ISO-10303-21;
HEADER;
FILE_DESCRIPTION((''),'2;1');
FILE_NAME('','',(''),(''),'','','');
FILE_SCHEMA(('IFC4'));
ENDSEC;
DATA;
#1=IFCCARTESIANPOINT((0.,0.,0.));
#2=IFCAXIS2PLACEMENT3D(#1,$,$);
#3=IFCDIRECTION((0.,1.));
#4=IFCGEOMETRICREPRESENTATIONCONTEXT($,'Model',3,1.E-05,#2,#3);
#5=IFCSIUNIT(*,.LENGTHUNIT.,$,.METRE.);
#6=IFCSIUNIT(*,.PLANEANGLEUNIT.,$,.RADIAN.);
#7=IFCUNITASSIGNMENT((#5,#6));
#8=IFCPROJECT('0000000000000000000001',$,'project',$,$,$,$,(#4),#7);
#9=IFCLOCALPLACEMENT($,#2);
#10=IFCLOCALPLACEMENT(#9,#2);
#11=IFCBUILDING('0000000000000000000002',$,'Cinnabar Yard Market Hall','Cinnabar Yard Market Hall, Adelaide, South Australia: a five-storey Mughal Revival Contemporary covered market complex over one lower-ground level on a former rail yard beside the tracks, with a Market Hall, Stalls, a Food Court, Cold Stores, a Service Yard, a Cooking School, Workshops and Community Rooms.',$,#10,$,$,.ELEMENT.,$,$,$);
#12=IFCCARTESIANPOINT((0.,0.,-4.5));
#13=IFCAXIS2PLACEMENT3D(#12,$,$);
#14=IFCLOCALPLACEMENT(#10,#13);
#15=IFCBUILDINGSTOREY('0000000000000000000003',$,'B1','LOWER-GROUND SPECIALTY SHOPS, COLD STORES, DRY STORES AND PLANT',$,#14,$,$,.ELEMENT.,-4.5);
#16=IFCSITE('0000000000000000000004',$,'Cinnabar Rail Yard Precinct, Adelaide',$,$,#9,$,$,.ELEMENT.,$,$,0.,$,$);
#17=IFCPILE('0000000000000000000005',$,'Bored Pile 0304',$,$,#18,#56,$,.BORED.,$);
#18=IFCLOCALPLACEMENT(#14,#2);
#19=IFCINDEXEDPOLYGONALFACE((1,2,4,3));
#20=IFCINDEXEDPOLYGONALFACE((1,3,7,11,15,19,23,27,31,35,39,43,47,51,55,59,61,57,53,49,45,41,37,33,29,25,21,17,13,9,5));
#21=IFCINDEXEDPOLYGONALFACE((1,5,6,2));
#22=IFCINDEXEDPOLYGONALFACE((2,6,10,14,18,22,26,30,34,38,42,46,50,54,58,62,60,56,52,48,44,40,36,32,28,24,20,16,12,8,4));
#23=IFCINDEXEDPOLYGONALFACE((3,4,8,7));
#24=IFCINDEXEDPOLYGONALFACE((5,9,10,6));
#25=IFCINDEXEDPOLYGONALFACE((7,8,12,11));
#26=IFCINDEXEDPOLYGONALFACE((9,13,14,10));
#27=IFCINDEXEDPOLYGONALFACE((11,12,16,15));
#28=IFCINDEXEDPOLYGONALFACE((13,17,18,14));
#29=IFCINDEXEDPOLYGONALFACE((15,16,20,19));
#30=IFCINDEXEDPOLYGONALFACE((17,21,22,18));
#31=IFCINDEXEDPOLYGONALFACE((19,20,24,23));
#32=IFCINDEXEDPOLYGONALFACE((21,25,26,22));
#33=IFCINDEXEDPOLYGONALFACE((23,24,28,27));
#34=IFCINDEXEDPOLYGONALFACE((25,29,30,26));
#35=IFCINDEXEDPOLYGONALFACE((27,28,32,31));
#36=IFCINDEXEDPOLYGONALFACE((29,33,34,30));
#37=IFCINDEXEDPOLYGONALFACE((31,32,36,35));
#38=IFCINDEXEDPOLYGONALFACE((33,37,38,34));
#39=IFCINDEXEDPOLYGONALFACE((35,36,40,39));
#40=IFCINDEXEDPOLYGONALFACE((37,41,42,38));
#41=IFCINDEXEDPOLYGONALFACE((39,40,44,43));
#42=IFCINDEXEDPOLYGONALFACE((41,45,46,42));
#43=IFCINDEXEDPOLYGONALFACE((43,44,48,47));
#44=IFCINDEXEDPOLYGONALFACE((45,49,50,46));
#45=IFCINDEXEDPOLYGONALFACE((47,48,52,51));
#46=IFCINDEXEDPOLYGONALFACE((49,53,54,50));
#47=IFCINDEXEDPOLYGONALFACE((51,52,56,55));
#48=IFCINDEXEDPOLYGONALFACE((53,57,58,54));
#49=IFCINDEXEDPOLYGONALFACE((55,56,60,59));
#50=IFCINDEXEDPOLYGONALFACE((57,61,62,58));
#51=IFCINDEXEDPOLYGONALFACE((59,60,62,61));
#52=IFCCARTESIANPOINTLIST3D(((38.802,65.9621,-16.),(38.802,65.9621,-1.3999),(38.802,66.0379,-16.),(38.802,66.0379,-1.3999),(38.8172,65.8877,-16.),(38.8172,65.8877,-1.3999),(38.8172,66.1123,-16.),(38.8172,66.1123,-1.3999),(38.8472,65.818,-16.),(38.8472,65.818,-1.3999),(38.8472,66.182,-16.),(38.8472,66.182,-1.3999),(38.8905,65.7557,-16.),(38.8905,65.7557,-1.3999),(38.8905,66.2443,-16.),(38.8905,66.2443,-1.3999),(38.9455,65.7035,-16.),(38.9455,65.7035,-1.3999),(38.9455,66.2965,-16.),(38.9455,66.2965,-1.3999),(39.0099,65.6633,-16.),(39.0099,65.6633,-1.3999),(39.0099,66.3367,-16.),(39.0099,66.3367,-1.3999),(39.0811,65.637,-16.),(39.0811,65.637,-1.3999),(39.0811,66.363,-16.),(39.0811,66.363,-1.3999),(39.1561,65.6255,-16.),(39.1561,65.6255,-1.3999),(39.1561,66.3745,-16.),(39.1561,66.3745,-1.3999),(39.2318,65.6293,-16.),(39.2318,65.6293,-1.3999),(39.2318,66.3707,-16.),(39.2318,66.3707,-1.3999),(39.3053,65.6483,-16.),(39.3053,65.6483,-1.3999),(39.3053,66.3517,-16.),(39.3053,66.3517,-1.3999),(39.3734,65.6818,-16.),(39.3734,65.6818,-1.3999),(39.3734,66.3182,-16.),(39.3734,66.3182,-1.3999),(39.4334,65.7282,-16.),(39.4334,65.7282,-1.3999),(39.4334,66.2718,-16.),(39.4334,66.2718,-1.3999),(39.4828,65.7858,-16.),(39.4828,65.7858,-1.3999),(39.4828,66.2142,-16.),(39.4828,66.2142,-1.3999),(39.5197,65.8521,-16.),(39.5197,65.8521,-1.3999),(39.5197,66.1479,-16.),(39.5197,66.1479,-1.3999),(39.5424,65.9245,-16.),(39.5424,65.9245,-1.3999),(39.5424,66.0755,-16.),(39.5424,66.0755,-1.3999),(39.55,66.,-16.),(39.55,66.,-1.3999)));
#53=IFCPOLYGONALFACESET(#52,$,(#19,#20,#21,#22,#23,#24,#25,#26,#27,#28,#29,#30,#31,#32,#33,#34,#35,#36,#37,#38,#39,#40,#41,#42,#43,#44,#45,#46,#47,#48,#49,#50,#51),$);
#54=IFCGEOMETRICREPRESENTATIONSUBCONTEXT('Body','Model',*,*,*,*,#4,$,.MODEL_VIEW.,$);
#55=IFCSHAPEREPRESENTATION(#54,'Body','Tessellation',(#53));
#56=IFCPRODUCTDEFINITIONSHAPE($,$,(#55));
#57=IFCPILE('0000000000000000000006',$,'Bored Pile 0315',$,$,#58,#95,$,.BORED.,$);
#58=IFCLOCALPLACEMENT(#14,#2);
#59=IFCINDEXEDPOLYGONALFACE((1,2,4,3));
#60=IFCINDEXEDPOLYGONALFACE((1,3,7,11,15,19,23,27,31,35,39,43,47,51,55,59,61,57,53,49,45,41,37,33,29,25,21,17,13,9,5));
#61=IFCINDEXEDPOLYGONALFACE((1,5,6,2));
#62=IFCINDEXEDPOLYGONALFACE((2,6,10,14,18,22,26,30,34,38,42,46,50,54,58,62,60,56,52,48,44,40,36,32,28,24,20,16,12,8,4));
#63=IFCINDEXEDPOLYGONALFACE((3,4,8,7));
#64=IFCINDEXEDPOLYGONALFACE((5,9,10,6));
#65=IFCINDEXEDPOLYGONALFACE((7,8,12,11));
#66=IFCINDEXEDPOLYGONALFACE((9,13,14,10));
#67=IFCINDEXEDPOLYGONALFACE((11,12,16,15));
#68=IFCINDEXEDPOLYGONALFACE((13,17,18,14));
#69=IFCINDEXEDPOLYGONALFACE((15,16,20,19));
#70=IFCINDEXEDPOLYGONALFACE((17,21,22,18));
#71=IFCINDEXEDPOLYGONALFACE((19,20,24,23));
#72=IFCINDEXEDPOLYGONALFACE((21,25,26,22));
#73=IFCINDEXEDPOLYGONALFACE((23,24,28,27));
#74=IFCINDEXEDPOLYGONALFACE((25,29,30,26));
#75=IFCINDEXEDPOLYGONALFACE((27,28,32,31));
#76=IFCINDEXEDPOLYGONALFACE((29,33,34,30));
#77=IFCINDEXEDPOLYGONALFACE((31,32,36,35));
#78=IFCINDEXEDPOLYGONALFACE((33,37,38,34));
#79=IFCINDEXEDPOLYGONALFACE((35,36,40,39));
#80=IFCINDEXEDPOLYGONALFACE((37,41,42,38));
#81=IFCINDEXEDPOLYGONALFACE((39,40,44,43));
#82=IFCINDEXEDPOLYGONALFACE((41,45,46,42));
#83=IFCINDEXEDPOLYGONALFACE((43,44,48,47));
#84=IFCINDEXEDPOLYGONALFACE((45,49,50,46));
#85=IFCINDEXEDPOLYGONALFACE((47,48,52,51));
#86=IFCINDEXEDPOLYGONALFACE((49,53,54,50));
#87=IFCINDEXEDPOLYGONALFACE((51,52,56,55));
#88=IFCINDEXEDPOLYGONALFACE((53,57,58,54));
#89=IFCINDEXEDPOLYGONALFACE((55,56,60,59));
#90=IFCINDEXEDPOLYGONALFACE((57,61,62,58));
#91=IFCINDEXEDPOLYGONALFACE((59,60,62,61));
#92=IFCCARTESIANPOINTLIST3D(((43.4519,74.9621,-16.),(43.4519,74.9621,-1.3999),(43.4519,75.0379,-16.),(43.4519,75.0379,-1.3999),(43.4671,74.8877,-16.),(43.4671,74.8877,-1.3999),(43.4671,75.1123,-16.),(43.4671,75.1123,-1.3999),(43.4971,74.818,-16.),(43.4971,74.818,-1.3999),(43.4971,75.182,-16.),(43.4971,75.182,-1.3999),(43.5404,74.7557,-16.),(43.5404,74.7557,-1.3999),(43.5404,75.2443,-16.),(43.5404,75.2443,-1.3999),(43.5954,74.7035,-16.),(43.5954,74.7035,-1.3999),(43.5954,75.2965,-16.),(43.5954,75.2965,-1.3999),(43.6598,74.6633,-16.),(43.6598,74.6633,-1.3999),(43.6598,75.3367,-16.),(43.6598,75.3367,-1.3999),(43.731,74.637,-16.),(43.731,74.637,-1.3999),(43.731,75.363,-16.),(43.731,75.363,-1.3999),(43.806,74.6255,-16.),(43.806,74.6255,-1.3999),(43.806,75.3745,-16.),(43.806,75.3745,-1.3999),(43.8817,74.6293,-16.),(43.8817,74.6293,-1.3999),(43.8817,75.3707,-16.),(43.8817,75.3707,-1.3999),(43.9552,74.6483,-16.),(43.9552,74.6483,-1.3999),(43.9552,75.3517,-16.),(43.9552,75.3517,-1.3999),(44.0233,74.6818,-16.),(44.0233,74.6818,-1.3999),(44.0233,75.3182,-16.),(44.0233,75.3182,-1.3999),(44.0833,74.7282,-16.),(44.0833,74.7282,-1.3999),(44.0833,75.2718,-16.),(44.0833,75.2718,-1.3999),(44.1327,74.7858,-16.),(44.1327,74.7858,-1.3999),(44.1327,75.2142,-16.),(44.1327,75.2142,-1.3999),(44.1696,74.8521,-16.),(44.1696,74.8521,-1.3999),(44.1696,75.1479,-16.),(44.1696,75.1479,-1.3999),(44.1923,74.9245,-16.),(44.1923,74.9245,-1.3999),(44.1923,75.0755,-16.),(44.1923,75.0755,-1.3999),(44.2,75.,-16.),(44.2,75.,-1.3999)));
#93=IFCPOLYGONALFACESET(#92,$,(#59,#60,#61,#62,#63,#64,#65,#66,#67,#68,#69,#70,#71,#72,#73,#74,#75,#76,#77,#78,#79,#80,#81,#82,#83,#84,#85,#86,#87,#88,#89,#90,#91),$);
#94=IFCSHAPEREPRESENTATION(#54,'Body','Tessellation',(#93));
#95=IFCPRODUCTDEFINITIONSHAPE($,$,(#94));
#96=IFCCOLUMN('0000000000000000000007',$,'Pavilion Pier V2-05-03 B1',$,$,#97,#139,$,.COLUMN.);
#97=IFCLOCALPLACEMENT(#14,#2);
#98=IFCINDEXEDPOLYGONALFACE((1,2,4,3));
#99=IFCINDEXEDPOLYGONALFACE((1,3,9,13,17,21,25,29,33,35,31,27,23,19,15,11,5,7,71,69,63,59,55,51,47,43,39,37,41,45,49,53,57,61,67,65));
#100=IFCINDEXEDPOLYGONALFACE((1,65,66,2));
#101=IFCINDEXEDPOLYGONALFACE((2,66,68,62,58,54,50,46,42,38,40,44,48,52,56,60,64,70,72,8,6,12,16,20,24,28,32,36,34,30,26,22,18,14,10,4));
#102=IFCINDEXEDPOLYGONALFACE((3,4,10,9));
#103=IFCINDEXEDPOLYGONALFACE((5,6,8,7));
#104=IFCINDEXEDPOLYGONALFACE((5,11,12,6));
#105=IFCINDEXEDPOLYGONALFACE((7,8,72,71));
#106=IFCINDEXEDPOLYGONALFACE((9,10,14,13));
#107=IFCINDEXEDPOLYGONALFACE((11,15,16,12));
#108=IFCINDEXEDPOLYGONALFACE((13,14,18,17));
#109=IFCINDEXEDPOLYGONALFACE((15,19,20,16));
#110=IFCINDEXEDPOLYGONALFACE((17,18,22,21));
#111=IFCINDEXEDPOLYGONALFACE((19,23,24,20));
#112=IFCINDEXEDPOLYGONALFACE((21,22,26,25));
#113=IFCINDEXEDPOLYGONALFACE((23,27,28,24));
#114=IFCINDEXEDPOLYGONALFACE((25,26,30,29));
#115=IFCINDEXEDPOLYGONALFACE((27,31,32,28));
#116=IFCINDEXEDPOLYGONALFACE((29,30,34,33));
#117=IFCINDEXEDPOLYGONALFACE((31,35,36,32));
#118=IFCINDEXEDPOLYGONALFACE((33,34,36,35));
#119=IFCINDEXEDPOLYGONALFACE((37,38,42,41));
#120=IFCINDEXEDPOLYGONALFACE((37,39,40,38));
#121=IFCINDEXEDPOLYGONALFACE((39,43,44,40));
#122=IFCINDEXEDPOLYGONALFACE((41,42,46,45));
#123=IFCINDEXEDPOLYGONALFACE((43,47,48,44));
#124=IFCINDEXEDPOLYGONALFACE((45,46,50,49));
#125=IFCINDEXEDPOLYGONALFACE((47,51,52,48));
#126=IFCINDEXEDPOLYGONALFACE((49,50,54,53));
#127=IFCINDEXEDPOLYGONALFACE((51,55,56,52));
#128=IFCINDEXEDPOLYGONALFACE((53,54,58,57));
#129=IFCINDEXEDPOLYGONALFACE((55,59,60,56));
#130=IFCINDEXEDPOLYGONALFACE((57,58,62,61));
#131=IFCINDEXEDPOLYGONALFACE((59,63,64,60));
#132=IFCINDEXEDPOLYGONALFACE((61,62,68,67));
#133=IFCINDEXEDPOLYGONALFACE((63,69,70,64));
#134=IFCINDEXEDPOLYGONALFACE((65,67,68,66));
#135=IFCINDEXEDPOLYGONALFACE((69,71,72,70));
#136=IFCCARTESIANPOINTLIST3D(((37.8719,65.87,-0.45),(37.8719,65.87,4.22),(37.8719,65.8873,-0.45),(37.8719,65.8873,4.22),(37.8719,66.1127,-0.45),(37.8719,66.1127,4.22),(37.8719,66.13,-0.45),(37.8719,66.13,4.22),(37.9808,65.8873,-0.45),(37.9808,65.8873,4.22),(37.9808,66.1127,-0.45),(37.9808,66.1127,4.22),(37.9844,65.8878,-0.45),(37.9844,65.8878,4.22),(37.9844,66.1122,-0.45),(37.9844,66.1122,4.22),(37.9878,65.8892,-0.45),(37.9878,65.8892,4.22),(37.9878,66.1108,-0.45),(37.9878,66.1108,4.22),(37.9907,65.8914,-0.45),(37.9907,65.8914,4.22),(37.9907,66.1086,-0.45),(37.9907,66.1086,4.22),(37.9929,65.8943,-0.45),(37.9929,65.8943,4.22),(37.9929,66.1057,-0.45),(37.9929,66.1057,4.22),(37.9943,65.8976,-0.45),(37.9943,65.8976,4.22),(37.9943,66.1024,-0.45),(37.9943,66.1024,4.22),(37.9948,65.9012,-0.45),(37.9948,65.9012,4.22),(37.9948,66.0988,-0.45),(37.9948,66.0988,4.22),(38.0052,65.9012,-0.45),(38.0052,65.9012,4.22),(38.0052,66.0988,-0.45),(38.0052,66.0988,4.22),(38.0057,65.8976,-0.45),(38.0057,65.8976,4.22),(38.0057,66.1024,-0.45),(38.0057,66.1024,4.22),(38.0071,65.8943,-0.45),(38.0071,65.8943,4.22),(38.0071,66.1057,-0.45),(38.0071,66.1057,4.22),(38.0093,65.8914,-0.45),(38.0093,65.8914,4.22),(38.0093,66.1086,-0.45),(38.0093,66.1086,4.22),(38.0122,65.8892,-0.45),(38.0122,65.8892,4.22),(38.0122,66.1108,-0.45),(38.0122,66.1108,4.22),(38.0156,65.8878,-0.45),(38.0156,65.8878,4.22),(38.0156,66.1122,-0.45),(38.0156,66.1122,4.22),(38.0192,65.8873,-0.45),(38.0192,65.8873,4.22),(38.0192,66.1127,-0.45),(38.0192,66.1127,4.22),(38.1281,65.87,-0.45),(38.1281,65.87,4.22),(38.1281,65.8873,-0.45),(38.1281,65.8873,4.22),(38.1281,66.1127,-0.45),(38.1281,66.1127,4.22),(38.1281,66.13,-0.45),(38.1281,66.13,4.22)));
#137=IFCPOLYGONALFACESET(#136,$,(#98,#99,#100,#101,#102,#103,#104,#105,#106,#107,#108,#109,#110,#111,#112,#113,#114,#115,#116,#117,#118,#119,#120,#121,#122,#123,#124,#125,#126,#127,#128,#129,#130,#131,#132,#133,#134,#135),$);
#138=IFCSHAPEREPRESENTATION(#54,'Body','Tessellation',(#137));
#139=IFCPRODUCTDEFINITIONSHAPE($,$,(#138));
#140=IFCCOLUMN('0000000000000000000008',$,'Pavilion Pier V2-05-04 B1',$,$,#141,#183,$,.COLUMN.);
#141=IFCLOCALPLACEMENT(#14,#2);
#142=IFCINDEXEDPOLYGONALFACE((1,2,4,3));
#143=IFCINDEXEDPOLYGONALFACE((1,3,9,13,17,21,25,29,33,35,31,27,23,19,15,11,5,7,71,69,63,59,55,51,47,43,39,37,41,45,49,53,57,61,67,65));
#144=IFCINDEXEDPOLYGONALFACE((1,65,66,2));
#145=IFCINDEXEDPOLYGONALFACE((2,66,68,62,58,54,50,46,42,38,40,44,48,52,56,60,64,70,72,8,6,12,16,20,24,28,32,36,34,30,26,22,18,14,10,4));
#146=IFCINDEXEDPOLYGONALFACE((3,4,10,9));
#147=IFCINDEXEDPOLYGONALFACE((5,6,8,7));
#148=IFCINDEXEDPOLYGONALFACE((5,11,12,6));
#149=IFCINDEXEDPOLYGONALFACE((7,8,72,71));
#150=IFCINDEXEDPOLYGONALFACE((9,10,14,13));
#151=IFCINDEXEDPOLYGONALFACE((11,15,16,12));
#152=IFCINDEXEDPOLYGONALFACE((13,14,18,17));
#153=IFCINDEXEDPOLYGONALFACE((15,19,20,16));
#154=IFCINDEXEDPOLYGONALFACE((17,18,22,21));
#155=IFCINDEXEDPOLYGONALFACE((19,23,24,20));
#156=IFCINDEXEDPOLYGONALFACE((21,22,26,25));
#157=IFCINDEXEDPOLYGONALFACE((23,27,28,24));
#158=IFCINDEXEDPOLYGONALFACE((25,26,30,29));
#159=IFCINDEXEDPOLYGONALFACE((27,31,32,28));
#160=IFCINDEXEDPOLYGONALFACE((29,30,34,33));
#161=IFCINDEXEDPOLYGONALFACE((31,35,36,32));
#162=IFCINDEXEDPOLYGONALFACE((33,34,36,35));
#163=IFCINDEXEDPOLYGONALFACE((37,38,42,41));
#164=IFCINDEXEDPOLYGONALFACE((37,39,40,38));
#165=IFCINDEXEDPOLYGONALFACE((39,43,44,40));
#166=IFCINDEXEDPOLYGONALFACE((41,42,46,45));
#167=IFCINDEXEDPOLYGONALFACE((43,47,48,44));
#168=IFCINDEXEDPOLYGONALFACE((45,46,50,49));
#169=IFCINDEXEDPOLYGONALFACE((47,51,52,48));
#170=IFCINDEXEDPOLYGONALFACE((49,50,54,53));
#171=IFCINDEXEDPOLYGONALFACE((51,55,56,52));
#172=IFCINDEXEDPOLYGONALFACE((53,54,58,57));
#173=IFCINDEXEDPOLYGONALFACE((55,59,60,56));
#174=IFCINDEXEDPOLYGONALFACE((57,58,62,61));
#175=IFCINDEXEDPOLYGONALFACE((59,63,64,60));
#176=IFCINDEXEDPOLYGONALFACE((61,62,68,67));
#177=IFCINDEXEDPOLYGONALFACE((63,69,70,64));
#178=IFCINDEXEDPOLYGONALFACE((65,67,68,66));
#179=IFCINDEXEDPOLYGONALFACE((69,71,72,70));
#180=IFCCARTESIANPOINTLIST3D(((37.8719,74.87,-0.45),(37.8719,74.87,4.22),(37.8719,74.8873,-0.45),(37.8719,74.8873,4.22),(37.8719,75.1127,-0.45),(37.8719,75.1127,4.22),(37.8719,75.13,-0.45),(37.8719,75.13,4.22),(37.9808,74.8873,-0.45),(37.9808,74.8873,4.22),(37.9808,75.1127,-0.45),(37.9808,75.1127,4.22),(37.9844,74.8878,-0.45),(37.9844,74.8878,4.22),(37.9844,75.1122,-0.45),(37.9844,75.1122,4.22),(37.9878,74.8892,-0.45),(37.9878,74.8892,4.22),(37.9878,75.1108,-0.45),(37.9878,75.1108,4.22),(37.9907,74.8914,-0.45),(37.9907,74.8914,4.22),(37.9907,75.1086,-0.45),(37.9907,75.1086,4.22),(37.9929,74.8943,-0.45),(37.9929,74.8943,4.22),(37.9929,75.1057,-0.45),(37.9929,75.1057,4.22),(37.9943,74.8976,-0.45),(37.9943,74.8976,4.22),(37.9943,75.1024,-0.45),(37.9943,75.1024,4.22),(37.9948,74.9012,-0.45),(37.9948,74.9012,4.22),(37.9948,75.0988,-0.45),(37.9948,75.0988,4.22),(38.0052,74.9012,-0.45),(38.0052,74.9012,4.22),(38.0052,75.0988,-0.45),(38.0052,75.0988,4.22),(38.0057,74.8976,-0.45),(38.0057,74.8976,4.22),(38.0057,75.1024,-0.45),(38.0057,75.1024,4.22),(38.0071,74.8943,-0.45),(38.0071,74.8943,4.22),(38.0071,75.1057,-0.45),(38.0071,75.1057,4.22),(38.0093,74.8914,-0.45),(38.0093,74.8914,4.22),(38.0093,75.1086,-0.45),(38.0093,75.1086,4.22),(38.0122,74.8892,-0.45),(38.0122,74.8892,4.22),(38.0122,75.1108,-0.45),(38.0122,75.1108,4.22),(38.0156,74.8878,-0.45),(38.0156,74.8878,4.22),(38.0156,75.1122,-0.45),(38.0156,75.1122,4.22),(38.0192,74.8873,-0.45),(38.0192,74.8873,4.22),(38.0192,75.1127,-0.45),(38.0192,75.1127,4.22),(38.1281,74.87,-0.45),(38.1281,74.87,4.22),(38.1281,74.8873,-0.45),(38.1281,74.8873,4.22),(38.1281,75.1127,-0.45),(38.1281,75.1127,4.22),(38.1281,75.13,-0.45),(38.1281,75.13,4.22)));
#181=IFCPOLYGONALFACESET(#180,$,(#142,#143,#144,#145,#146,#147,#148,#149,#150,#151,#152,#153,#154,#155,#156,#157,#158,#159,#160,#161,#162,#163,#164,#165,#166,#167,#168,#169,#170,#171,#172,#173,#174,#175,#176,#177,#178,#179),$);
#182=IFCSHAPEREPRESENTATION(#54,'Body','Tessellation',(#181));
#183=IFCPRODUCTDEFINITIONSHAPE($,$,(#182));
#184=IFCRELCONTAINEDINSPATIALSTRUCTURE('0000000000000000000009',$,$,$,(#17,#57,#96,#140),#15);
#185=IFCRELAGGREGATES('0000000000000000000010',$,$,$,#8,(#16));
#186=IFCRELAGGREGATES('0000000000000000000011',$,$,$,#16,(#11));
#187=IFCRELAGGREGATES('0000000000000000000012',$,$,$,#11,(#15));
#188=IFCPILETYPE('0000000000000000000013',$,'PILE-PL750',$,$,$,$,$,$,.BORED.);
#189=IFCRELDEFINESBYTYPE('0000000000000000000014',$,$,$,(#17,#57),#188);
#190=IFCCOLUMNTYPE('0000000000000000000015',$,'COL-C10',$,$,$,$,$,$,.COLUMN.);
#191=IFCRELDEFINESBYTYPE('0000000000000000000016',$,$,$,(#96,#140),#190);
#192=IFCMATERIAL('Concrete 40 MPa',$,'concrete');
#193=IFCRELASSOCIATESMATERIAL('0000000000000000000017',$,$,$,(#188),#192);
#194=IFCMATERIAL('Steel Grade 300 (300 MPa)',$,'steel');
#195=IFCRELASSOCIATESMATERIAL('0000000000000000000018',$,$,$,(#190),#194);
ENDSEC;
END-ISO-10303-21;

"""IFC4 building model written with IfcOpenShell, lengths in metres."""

from ifc_helpers import new_model, si_unit, direction, frame, origin, origin_2d_with_axis, place, context, subcontext, project, spatial, circle, i_section, extrude, material, material_profile, profile_set, type_object, element, save


model = new_model("IFC4")

# Units and contexts
model_context = context("Model", 3, precision=1e-05, world=origin(), true_north=direction((0.0, 1.0)))
body_context = subcontext(model_context, "Body", "Model", "MODEL_VIEW")
ifc_project = project(units=[si_unit("LENGTHUNIT", "METRE"), si_unit("PLANEANGLEUNIT", "RADIAN")], contexts=[model_context])

# Site, building, storey
site_placement = place(None, origin())
site = spatial("IfcSite", under=ifc_project, at=site_placement, Name="Cinnabar Rail Yard Precinct, Adelaide", CompositionType="ELEMENT", RefElevation=0.0)
building_placement = place(site_placement, origin())
building = spatial("IfcBuilding", under=site, at=building_placement, Name="Cinnabar Yard Market Hall", Description="Cinnabar Yard Market Hall, Adelaide, South Australia: a five-storey Mughal Revival Contemporary covered market complex over one lower-ground level on a former rail yard beside the tracks, with a Market Hall, Stalls, a Food Court, Cold Stores, a Service Yard, a Cooking School, Workshops and Community Rooms.", CompositionType="ELEMENT")
storey_placement = place(building_placement, frame((0.0, 0.0, -4.5)))
storey = spatial("IfcBuildingStorey", under=building, at=storey_placement, Name="B1", Description="LOWER-GROUND SPECIALTY SHOPS, COLD STORES, DRY STORES AND PLANT", CompositionType="ELEMENT", Elevation=-4.5)

# Shared definitions
ifc_material_1 = material(Name="Concrete 40 MPa", Category="concrete")

# Piles
ifc_material_profile_1 = material_profile(ifc_material_1, circle(Radius=0.375, at=origin_2d_with_axis()), Name="PILE-D750")
ifc_profile_set_1 = profile_set([ifc_material_profile_1], Name="Concrete 40 MPa")
pile_type_1 = type_object("IfcPileType", Name="PILE-PL750", PredefinedType="BORED", material=ifc_profile_set_1)
for number, where, z_axis, x_axis, name in (
    (1, (39.175, 66.0, -1.3999), (0.0, 0.0, -1.0), (1.0, 0.0, 0.0), "Bored Pile 0304"),
    (2, (43.825, 75.0, -1.3999), (0.0, 0.0, -1.0), (1.0, 0.0, 0.0), "Bored Pile 0315"),
):
    element("IfcPile", number, at=place(storey_placement, frame(where, z_axis=z_axis, x_axis=x_axis)), inside=storey, type_object=pile_type_1, Name=name, PredefinedType="BORED", context=body_context, shape_type="SweptSolid", body=[
        extrude(circle(Radius=0.375, at=origin_2d_with_axis()), origin(), (0.0, 0.0, 1.0), 14.6001),
    ])

# Columns
ifc_material_2 = material(Name="Steel Grade 300 (300 MPa)", Category="steel")
ifc_material_profile_2 = material_profile(ifc_material_2, i_section(OverallWidth=0.2561, OverallDepth=0.26, WebThickness=0.0105, FlangeThickness=0.0173, FilletRadius=0.0139, at=origin_2d_with_axis()), Name="250UC89.5")
ifc_profile_set_2 = profile_set([ifc_material_profile_2], Name="Steel Grade 300 (300 MPa)")
column_type = type_object("IfcColumnType", Name="COL-C10", PredefinedType="COLUMN", material=ifc_profile_set_2)
for number, where, z_axis, x_axis, name in (
    (3, (38.0, 66.0, -0.45), (0.0, 0.0, 1.0), (1.0, 0.0, 0.0), "Pavilion Pier V2-05-03 B1"),
    (4, (38.0, 75.0, -0.45), (0.0, 0.0, 1.0), (1.0, 0.0, 0.0), "Pavilion Pier V2-05-04 B1"),
):
    element("IfcColumn", number, at=place(storey_placement, frame(where, z_axis=z_axis, x_axis=x_axis)), inside=storey, type_object=column_type, Name=name, PredefinedType="COLUMN", context=body_context, shape_type="SweptSolid", body=[
        extrude(i_section(OverallWidth=0.2561, OverallDepth=0.26, WebThickness=0.0105, FlangeThickness=0.0173, FilletRadius=0.0139, at=origin_2d_with_axis()), origin(), (0.0, 0.0, 1.0), 4.6699),
    ])

save(model, "model.ifc")
